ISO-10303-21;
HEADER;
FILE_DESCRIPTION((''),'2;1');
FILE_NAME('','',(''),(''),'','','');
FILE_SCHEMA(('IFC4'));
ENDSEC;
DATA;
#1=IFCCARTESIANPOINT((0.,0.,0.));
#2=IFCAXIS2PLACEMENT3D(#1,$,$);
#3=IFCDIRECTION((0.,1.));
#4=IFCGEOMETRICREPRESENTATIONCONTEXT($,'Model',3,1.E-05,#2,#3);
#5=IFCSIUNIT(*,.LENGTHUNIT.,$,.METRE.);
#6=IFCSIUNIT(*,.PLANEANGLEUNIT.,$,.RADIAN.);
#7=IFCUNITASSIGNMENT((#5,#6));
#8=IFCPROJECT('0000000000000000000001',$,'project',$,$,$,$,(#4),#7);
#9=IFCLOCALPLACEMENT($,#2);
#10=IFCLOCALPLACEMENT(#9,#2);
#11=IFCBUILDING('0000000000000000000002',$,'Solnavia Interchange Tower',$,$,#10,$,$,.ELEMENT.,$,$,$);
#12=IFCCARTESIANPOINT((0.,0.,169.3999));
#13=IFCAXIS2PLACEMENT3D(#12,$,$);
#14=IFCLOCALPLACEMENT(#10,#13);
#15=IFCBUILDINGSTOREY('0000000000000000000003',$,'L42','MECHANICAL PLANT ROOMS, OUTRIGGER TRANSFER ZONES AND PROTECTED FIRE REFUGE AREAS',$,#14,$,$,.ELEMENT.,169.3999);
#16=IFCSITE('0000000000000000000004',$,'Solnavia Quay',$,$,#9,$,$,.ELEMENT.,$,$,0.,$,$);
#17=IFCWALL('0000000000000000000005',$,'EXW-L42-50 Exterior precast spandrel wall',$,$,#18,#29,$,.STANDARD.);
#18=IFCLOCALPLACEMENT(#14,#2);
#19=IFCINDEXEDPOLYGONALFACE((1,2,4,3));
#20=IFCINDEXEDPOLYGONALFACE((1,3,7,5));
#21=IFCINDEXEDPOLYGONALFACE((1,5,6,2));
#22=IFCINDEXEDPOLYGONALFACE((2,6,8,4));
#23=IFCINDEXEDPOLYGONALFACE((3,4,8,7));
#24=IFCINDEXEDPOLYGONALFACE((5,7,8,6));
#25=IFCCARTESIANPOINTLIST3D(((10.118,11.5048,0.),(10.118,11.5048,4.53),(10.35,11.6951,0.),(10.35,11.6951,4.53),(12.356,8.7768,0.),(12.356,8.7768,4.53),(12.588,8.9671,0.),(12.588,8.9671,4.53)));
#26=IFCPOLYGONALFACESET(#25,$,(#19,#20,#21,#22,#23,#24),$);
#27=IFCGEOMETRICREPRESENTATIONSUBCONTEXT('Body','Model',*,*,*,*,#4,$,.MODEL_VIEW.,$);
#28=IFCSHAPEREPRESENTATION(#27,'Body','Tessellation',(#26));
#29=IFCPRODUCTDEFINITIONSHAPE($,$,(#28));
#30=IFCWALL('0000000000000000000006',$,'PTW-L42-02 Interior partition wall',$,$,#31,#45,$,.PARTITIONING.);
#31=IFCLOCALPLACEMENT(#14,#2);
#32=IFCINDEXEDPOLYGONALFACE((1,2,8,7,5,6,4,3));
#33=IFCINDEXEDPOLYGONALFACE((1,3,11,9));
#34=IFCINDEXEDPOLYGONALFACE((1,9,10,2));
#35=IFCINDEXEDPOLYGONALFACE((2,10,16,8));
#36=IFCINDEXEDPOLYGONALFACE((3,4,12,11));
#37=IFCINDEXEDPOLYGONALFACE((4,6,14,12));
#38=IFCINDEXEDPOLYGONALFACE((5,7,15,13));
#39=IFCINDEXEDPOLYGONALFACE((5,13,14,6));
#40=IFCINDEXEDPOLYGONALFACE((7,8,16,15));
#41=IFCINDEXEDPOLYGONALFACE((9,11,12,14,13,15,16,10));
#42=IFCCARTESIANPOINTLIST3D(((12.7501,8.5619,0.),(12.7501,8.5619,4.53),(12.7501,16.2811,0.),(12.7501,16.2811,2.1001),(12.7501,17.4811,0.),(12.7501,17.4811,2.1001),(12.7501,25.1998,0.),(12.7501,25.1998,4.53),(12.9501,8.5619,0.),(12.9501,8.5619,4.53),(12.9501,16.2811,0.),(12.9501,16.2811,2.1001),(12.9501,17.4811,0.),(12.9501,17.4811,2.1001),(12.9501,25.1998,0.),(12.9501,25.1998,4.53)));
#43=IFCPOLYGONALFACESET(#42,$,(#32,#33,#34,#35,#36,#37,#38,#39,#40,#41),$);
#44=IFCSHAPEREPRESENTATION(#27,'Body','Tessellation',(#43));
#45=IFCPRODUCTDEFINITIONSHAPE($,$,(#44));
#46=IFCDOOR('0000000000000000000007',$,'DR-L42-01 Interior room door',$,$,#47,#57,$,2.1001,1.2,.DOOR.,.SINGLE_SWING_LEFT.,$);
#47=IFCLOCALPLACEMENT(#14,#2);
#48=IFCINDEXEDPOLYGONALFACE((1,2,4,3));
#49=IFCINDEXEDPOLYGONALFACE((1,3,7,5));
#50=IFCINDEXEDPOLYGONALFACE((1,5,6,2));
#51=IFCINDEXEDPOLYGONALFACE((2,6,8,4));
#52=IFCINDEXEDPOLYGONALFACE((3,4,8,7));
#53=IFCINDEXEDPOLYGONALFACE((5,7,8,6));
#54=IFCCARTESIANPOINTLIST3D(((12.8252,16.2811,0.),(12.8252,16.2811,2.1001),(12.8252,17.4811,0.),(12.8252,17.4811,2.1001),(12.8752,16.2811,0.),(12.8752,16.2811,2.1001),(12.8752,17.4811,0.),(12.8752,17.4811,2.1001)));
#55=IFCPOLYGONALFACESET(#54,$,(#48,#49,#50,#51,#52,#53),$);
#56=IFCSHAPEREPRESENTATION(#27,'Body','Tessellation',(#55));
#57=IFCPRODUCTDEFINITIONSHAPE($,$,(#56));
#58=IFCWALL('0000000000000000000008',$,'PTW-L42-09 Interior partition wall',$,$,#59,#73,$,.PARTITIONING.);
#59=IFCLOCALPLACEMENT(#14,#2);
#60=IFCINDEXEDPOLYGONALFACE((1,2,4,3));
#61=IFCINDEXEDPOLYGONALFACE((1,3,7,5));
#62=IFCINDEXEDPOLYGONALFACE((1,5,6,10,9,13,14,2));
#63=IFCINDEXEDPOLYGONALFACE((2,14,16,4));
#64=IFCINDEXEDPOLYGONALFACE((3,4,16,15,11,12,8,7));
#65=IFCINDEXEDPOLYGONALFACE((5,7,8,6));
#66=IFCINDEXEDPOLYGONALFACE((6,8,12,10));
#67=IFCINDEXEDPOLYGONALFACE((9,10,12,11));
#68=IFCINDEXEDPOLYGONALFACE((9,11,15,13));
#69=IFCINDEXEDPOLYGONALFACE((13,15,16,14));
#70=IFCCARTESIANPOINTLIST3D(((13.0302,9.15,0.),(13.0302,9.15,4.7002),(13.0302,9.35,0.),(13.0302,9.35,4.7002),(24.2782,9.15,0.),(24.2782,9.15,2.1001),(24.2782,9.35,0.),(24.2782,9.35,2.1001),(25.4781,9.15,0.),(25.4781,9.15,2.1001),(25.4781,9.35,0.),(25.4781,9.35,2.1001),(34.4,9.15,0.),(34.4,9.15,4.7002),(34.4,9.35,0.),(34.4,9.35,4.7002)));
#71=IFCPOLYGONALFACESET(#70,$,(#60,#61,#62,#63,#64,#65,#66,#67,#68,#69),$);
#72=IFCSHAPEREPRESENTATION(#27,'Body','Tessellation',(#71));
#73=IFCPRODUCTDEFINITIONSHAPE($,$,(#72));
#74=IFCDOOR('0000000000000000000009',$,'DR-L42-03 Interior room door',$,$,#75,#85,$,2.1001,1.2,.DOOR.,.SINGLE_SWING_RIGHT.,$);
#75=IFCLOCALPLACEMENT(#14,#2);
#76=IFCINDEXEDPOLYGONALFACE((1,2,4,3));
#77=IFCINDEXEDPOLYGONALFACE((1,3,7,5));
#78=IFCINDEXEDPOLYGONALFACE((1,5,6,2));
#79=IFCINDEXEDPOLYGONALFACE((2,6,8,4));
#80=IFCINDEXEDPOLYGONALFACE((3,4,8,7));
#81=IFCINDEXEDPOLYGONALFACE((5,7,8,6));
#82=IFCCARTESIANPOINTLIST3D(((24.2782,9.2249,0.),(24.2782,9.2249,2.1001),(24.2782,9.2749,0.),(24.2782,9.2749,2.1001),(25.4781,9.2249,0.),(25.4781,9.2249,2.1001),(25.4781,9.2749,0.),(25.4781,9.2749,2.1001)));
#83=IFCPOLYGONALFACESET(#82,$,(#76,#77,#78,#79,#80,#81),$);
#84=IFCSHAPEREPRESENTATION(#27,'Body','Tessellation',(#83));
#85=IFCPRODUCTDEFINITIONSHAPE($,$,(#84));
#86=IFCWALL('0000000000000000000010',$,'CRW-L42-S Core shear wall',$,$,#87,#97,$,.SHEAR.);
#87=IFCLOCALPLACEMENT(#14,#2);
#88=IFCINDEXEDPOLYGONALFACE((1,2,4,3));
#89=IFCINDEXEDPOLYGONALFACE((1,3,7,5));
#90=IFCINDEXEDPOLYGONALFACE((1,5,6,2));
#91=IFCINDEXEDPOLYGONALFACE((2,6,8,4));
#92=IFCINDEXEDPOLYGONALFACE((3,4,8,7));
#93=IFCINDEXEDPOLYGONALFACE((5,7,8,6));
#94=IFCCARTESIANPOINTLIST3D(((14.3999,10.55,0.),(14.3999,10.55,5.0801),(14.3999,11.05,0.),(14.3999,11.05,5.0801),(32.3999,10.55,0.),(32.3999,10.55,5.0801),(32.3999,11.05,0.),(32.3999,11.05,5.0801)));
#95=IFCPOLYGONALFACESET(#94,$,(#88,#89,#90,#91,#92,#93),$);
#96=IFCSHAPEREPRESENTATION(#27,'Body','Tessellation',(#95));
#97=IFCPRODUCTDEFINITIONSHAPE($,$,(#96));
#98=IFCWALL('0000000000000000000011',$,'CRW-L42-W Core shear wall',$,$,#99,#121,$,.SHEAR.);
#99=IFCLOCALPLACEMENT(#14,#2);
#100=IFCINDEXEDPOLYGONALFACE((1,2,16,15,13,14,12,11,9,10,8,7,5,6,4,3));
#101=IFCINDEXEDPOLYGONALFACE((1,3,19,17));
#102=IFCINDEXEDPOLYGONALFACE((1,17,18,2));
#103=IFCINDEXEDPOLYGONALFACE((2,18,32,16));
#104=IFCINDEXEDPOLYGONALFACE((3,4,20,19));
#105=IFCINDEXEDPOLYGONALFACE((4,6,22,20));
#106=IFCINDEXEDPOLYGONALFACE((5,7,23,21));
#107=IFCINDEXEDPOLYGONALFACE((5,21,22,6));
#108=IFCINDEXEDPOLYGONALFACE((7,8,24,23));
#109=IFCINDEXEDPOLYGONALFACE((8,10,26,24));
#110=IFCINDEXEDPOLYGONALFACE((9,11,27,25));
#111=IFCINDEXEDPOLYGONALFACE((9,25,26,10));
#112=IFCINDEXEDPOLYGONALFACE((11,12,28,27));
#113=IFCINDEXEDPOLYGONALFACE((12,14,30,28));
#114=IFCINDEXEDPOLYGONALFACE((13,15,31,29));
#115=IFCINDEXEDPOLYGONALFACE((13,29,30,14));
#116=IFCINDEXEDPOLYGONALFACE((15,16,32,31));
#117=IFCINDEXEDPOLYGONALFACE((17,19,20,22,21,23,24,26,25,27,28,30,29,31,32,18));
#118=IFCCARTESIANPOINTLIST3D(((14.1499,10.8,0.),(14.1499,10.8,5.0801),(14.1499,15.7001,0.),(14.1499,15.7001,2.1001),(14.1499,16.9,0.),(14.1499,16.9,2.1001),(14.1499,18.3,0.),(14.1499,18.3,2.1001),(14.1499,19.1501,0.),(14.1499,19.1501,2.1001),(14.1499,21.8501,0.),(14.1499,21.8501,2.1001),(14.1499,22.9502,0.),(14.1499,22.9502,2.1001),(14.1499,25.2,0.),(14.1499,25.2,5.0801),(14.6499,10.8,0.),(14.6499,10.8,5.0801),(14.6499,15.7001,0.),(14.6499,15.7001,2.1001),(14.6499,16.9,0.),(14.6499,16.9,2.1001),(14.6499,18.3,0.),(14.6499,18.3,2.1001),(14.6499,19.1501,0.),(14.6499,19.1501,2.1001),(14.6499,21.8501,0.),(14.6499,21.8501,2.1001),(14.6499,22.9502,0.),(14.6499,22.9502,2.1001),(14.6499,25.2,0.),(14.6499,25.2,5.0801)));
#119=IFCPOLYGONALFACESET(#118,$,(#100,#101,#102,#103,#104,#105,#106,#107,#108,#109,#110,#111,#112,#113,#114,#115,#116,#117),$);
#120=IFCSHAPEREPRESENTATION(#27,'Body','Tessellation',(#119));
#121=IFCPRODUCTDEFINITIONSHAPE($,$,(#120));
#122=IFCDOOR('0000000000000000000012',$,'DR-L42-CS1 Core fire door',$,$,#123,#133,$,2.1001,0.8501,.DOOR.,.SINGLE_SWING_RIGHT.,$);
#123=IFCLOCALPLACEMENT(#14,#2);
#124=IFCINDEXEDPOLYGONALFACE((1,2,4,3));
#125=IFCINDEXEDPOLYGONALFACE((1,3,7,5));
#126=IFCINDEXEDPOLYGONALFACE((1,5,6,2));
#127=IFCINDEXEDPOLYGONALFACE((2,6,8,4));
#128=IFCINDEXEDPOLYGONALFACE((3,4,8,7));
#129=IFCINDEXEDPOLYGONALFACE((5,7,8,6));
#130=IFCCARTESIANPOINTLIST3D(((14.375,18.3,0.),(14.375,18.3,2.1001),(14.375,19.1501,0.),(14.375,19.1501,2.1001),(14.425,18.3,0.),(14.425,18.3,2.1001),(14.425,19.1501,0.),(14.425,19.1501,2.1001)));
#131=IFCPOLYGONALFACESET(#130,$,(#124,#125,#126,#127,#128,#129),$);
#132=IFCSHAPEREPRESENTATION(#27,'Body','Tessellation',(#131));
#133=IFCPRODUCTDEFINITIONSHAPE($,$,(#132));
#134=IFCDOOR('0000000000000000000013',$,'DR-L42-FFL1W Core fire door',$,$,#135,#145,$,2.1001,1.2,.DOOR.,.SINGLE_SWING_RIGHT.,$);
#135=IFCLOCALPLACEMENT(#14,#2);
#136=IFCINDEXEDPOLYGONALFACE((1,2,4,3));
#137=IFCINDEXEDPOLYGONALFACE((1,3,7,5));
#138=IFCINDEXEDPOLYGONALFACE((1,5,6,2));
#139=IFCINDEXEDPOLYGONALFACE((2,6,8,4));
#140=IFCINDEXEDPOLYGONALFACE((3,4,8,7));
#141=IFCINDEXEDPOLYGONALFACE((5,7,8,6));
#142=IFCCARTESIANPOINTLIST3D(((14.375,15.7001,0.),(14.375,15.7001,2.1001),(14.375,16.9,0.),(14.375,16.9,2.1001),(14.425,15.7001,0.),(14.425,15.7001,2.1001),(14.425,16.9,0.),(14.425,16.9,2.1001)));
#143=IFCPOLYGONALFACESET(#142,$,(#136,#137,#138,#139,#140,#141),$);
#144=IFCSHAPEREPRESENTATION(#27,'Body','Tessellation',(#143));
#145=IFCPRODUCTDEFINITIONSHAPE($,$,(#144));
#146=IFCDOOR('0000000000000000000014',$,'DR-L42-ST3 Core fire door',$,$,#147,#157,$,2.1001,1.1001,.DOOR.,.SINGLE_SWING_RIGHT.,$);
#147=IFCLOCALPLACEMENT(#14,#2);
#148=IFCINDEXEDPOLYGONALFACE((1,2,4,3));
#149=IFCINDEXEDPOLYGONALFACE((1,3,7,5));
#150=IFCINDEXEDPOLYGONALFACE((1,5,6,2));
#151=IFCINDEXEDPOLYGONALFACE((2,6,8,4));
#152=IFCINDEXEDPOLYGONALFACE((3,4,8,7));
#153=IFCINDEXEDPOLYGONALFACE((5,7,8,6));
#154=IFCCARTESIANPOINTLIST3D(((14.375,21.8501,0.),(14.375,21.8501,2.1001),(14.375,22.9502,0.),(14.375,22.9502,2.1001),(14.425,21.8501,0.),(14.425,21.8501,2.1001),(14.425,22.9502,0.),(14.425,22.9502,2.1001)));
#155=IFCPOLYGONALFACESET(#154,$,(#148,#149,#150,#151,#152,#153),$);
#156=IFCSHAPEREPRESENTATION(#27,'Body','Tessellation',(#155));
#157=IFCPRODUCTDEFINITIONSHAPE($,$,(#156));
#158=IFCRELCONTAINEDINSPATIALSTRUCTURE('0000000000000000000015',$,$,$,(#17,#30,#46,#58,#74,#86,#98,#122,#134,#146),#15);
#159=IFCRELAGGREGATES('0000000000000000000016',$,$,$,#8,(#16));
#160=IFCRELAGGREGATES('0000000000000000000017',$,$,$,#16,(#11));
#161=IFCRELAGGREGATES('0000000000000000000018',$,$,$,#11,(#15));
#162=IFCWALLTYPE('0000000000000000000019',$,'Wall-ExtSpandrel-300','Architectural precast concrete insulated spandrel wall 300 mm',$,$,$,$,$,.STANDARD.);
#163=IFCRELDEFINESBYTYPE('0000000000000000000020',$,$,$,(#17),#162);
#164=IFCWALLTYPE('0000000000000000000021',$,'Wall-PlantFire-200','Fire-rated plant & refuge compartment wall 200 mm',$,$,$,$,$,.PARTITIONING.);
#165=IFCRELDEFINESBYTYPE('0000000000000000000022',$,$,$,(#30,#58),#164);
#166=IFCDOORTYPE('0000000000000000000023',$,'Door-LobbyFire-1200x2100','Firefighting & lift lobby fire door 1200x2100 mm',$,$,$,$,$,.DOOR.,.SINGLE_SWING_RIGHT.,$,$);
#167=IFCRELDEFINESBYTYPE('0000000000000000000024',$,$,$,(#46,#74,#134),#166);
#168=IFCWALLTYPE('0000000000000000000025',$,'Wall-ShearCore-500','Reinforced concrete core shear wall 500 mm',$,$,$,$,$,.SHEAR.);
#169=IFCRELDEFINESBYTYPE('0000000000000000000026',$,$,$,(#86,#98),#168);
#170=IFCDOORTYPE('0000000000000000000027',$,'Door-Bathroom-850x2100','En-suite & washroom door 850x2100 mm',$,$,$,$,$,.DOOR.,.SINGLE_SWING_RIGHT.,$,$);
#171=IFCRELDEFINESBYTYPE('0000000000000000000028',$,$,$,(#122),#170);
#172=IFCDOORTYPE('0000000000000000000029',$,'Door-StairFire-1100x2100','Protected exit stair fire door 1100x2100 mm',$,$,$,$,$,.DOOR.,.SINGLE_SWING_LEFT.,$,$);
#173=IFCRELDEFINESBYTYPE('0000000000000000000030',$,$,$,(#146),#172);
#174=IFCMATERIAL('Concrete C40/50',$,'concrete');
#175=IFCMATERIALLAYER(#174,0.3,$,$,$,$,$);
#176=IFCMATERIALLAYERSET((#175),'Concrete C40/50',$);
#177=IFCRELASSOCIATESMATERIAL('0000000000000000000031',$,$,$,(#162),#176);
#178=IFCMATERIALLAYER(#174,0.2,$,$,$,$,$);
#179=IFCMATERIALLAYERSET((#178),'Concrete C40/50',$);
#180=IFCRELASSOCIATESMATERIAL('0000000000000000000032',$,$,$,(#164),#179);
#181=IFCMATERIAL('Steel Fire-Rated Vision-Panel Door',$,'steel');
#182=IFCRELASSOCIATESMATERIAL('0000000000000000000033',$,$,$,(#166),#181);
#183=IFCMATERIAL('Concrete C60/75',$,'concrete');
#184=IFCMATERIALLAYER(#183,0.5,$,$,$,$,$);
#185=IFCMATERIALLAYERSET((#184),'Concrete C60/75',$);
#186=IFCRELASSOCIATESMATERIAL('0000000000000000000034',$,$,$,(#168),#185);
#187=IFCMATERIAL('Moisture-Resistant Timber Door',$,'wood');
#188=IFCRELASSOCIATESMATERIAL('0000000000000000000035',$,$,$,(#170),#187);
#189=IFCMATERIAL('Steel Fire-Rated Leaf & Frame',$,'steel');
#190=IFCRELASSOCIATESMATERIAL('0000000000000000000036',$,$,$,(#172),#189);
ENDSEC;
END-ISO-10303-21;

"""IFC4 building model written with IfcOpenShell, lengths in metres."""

from ifc_helpers import new_model, si_unit, direction, frame, frame_2d, origin, place, context, subcontext, project, spatial, rectangle, extrude, material, layer, layer_set, type_object, element, fill, save


model = new_model("IFC4")

# Units and contexts
model_context = context("Model", 3, precision=1e-05, world=origin(), true_north=direction((0.0, 1.0)))
body_context = subcontext(model_context, "Body", "Model", "MODEL_VIEW")
ifc_project = project(units=[si_unit("LENGTHUNIT", "METRE"), si_unit("PLANEANGLEUNIT", "RADIAN")], contexts=[model_context])

# Site, building, storey
site_placement = place(None, origin())
site = spatial("IfcSite", under=ifc_project, at=site_placement, Name="Solnavia Quay", CompositionType="ELEMENT", RefElevation=0.0)
building_placement = place(site_placement, origin())
building = spatial("IfcBuilding", under=site, at=building_placement, Name="Solnavia Interchange Tower", CompositionType="ELEMENT")
storey_placement = place(building_placement, frame((0.0, 0.0, 169.3999)))
storey = spatial("IfcBuildingStorey", under=building, at=storey_placement, Name="L42", Description="MECHANICAL PLANT ROOMS, OUTRIGGER TRANSFER ZONES AND PROTECTED FIRE REFUGE AREAS", CompositionType="ELEMENT", Elevation=169.3999)

# Shared definitions
ifc_material_1 = material(Name="Concrete C40/50", Category="concrete")

# Wall
ifc_layer_1 = layer(ifc_material_1, 0.3)
ifc_layer_set_1 = layer_set([ifc_layer_1], Name="Concrete C40/50")
wall_type_1 = type_object("IfcWallType", Name="Wall-ExtSpandrel-300", Description="Architectural precast concrete insulated spandrel wall 300 mm", PredefinedType="STANDARD", material=ifc_layer_set_1)
wall_1_placement = place(storey_placement, frame((12.4719, 8.8721, 0.0), z_axis=(0.0, 0.0, 1.0), x_axis=(-0.634258, 0.773121, 0.0)))
element("IfcWall", 1, at=wall_1_placement, inside=storey, type_object=wall_type_1, Name="EXW-L42-50 Exterior precast spandrel wall", PredefinedType="STANDARD", context=body_context, shape_type="SweptSolid", body=[
    extrude(rectangle(XDim=3.5286, YDim=0.3, at=frame_2d((1.7642, 0.0))), origin(), (0.0, 0.0, 1.0), 4.53),
])

# Walls, openings, doors
ifc_layer_2 = layer(ifc_material_1, 0.2)
ifc_layer_set_2 = layer_set([ifc_layer_2], Name="Concrete C40/50")
wall_type_2 = type_object("IfcWallType", Name="Wall-PlantFire-200", Description="Fire-rated plant & refuge compartment wall 200 mm", PredefinedType="PARTITIONING", material=ifc_layer_set_2)
wall_2_placement = place(storey_placement, frame((12.8501, 8.562, 0.0), z_axis=(0.0, 0.0, 1.0), x_axis=(0.0, 1.0, 0.0)))
wall_2 = element("IfcWall", 2, at=wall_2_placement, inside=storey, type_object=wall_type_2, Name="PTW-L42-02 Interior partition wall", PredefinedType="PARTITIONING", context=body_context, shape_type="SweptSolid", body=[
    extrude(rectangle(XDim=16.6379, YDim=0.2, at=frame_2d((8.3188, 0.0))), origin(), (0.0, 0.0, 1.0), 4.53),
])
opening_1_placement = place(wall_2_placement, frame((7.719, 0.0, 0.0)))
opening_1 = element("IfcOpeningElement", 3, at=opening_1_placement, cuts=wall_2, PredefinedType="OPENING", context=body_context, shape_type="SweptSolid", body=[
    extrude(rectangle(XDim=1.2, YDim=2.1001, at=frame_2d((0.6001, 1.05))), frame((0.0, 0.1099, 0.0), z_axis=(0.0, -1.0, 0.0), x_axis=(1.0, 0.0, 0.0)), (0.0, 0.0, 1.0), 0.22),
])
ifc_material_2 = material(Name="Steel Fire-Rated Vision-Panel Door", Category="steel")
door_type_1 = type_object("IfcDoorType", Name="Door-LobbyFire-1200x2100", Description="Firefighting & lift lobby fire door 1200x2100 mm", OperationType="SINGLE_SWING_RIGHT", PredefinedType="DOOR", material=ifc_material_2)
door_1_placement = place(opening_1_placement, origin())
door_1 = element("IfcDoor", 4, at=door_1_placement, inside=storey, type_object=door_type_1, Name="DR-L42-01 Interior room door", OperationType="SINGLE_SWING_LEFT", OverallHeight=2.1001, OverallWidth=1.2, PredefinedType="DOOR", context=body_context, shape_type="SweptSolid", body=[
    extrude(rectangle(XDim=1.2, YDim=2.1001, at=frame_2d((0.6001, 1.05))), frame((0.0, 0.0249, 0.0), z_axis=(0.0, -1.0, 0.0), x_axis=(1.0, 0.0, 0.0)), (0.0, 0.0, 1.0), 0.05),
])
fill(opening_1, door_1)
wall_3_placement = place(storey_placement, frame((13.03, 9.25, 0.0), z_axis=(0.0, 0.0, 1.0), x_axis=(1.0, 0.0, 0.0)))
wall_3 = element("IfcWall", 5, at=wall_3_placement, inside=storey, type_object=wall_type_2, Name="PTW-L42-09 Interior partition wall", PredefinedType="PARTITIONING", context=body_context, shape_type="SweptSolid", body=[
    extrude(rectangle(XDim=21.3699, YDim=0.2, at=frame_2d((10.6851, 0.0))), origin(), (0.0, 0.0, 1.0), 4.7002),
])
opening_2_placement = place(wall_3_placement, frame((11.248, 0.0, 0.0)))
opening_2 = element("IfcOpeningElement", 6, at=opening_2_placement, cuts=wall_3, PredefinedType="OPENING", context=body_context, shape_type="SweptSolid", body=[
    extrude(rectangle(XDim=1.2, YDim=2.1001, at=frame_2d((0.6001, 1.05))), frame((0.0, 0.1099, 0.0), z_axis=(0.0, -1.0, 0.0), x_axis=(1.0, 0.0, 0.0)), (0.0, 0.0, 1.0), 0.22),
])
door_2_placement = place(opening_2_placement, origin())
door_2 = element("IfcDoor", 7, at=door_2_placement, inside=storey, type_object=door_type_1, Name="DR-L42-03 Interior room door", OperationType="SINGLE_SWING_RIGHT", OverallHeight=2.1001, OverallWidth=1.2, PredefinedType="DOOR", context=body_context, shape_type="SweptSolid", body=[
    extrude(rectangle(XDim=1.2, YDim=2.1001, at=frame_2d((0.6001, 1.05))), frame((0.0, 0.0249, 0.0), z_axis=(0.0, -1.0, 0.0), x_axis=(1.0, 0.0, 0.0)), (0.0, 0.0, 1.0), 0.05),
])
fill(opening_2, door_2)

# Wall
ifc_material_3 = material(Name="Concrete C60/75", Category="concrete")
ifc_layer_3 = layer(ifc_material_3, 0.5)
ifc_layer_set_3 = layer_set([ifc_layer_3], Name="Concrete C60/75")
wall_type_3 = type_object("IfcWallType", Name="Wall-ShearCore-500", Description="Reinforced concrete core shear wall 500 mm", PredefinedType="SHEAR", material=ifc_layer_set_3)
wall_4_placement = place(storey_placement, frame((14.3999, 10.8, 0.0), z_axis=(0.0, 0.0, 1.0), x_axis=(1.0, 0.0, 0.0)))
element("IfcWall", 8, at=wall_4_placement, inside=storey, type_object=wall_type_3, Name="CRW-L42-S Core shear wall", PredefinedType="SHEAR", context=body_context, shape_type="SweptSolid", body=[
    extrude(rectangle(XDim=18.0, YDim=0.5, at=frame_2d((9.0, 0.0))), origin(), (0.0, 0.0, 1.0), 5.0801),
])

# Wall, openings, doors
wall_5_placement = place(storey_placement, frame((14.3999, 10.8, 0.0), z_axis=(0.0, 0.0, 1.0), x_axis=(0.0, 1.0, 0.0)))
wall_5 = element("IfcWall", 9, at=wall_5_placement, inside=storey, type_object=wall_type_3, Name="CRW-L42-W Core shear wall", PredefinedType="SHEAR", context=body_context, shape_type="SweptSolid", body=[
    extrude(rectangle(XDim=14.3999, YDim=0.5, at=frame_2d((7.2, 0.0))), origin(), (0.0, 0.0, 1.0), 5.0801),
])
opening_3_placement = place(wall_5_placement, frame((11.05, 0.0, 0.0)))
opening_3 = element("IfcOpeningElement", 10, at=opening_3_placement, cuts=wall_5, PredefinedType="OPENING", context=body_context, shape_type="SweptSolid", body=[
    extrude(rectangle(XDim=1.1001, YDim=2.1001, at=frame_2d((0.55, 1.05))), frame((0.0, 0.26, 0.0), z_axis=(0.0, -1.0, 0.0), x_axis=(1.0, 0.0, 0.0)), (0.0, 0.0, 1.0), 0.52),
])
opening_4_placement = place(wall_5_placement, frame((4.8999, 0.0, 0.0)))
opening_4 = element("IfcOpeningElement", 11, at=opening_4_placement, cuts=wall_5, PredefinedType="OPENING", context=body_context, shape_type="SweptSolid", body=[
    extrude(rectangle(XDim=1.2, YDim=2.1001, at=frame_2d((0.6001, 1.05))), frame((0.0, 0.26, 0.0), z_axis=(0.0, -1.0, 0.0), x_axis=(1.0, 0.0, 0.0)), (0.0, 0.0, 1.0), 0.52),
])
opening_5_placement = place(wall_5_placement, frame((7.5, 0.0, 0.0)))
opening_5 = element("IfcOpeningElement", 12, at=opening_5_placement, cuts=wall_5, PredefinedType="OPENING", context=body_context, shape_type="SweptSolid", body=[
    extrude(rectangle(XDim=0.8501, YDim=2.1001, at=frame_2d((0.425, 1.05))), frame((0.0, 0.26, 0.0), z_axis=(0.0, -1.0, 0.0), x_axis=(1.0, 0.0, 0.0)), (0.0, 0.0, 1.0), 0.52),
])
ifc_material_4 = material(Name="Moisture-Resistant Timber Door", Category="wood")
door_type_2 = type_object("IfcDoorType", Name="Door-Bathroom-850x2100", Description="En-suite & washroom door 850x2100 mm", OperationType="SINGLE_SWING_RIGHT", PredefinedType="DOOR", material=ifc_material_4)
door_3_placement = place(opening_5_placement, origin())
door_3 = element("IfcDoor", 13, at=door_3_placement, inside=storey, type_object=door_type_2, Name="DR-L42-CS1 Core fire door", OperationType="SINGLE_SWING_RIGHT", OverallHeight=2.1001, OverallWidth=0.8501, PredefinedType="DOOR", context=body_context, shape_type="SweptSolid", body=[
    extrude(rectangle(XDim=0.8501, YDim=2.1001, at=frame_2d((0.425, 1.05))), frame((0.0, 0.0249, 0.0), z_axis=(0.0, -1.0, 0.0), x_axis=(1.0, 0.0, 0.0)), (0.0, 0.0, 1.0), 0.05),
])
fill(opening_5, door_3)
door_4_placement = place(opening_4_placement, origin())
door_4 = element("IfcDoor", 14, at=door_4_placement, inside=storey, type_object=door_type_1, Name="DR-L42-FFL1W Core fire door", OperationType="SINGLE_SWING_RIGHT", OverallHeight=2.1001, OverallWidth=1.2, PredefinedType="DOOR", context=body_context, shape_type="SweptSolid", body=[
    extrude(rectangle(XDim=1.2, YDim=2.1001, at=frame_2d((0.6001, 1.05))), frame((0.0, 0.0249, 0.0), z_axis=(0.0, -1.0, 0.0), x_axis=(1.0, 0.0, 0.0)), (0.0, 0.0, 1.0), 0.05),
])
fill(opening_4, door_4)
ifc_material_5 = material(Name="Steel Fire-Rated Leaf & Frame", Category="steel")
door_type_3 = type_object("IfcDoorType", Name="Door-StairFire-1100x2100", Description="Protected exit stair fire door 1100x2100 mm", OperationType="SINGLE_SWING_LEFT", PredefinedType="DOOR", material=ifc_material_5)
door_5_placement = place(opening_3_placement, origin())
door_5 = element("IfcDoor", 15, at=door_5_placement, inside=storey, type_object=door_type_3, Name="DR-L42-ST3 Core fire door", OperationType="SINGLE_SWING_RIGHT", OverallHeight=2.1001, OverallWidth=1.1001, PredefinedType="DOOR", context=body_context, shape_type="SweptSolid", body=[
    extrude(rectangle(XDim=1.1001, YDim=2.1001, at=frame_2d((0.55, 1.05))), frame((0.0, 0.0249, 0.0), z_axis=(0.0, -1.0, 0.0), x_axis=(1.0, 0.0, 0.0)), (0.0, 0.0, 1.0), 0.05),
])
fill(opening_3, door_5)

save(model, "model.ifc")
